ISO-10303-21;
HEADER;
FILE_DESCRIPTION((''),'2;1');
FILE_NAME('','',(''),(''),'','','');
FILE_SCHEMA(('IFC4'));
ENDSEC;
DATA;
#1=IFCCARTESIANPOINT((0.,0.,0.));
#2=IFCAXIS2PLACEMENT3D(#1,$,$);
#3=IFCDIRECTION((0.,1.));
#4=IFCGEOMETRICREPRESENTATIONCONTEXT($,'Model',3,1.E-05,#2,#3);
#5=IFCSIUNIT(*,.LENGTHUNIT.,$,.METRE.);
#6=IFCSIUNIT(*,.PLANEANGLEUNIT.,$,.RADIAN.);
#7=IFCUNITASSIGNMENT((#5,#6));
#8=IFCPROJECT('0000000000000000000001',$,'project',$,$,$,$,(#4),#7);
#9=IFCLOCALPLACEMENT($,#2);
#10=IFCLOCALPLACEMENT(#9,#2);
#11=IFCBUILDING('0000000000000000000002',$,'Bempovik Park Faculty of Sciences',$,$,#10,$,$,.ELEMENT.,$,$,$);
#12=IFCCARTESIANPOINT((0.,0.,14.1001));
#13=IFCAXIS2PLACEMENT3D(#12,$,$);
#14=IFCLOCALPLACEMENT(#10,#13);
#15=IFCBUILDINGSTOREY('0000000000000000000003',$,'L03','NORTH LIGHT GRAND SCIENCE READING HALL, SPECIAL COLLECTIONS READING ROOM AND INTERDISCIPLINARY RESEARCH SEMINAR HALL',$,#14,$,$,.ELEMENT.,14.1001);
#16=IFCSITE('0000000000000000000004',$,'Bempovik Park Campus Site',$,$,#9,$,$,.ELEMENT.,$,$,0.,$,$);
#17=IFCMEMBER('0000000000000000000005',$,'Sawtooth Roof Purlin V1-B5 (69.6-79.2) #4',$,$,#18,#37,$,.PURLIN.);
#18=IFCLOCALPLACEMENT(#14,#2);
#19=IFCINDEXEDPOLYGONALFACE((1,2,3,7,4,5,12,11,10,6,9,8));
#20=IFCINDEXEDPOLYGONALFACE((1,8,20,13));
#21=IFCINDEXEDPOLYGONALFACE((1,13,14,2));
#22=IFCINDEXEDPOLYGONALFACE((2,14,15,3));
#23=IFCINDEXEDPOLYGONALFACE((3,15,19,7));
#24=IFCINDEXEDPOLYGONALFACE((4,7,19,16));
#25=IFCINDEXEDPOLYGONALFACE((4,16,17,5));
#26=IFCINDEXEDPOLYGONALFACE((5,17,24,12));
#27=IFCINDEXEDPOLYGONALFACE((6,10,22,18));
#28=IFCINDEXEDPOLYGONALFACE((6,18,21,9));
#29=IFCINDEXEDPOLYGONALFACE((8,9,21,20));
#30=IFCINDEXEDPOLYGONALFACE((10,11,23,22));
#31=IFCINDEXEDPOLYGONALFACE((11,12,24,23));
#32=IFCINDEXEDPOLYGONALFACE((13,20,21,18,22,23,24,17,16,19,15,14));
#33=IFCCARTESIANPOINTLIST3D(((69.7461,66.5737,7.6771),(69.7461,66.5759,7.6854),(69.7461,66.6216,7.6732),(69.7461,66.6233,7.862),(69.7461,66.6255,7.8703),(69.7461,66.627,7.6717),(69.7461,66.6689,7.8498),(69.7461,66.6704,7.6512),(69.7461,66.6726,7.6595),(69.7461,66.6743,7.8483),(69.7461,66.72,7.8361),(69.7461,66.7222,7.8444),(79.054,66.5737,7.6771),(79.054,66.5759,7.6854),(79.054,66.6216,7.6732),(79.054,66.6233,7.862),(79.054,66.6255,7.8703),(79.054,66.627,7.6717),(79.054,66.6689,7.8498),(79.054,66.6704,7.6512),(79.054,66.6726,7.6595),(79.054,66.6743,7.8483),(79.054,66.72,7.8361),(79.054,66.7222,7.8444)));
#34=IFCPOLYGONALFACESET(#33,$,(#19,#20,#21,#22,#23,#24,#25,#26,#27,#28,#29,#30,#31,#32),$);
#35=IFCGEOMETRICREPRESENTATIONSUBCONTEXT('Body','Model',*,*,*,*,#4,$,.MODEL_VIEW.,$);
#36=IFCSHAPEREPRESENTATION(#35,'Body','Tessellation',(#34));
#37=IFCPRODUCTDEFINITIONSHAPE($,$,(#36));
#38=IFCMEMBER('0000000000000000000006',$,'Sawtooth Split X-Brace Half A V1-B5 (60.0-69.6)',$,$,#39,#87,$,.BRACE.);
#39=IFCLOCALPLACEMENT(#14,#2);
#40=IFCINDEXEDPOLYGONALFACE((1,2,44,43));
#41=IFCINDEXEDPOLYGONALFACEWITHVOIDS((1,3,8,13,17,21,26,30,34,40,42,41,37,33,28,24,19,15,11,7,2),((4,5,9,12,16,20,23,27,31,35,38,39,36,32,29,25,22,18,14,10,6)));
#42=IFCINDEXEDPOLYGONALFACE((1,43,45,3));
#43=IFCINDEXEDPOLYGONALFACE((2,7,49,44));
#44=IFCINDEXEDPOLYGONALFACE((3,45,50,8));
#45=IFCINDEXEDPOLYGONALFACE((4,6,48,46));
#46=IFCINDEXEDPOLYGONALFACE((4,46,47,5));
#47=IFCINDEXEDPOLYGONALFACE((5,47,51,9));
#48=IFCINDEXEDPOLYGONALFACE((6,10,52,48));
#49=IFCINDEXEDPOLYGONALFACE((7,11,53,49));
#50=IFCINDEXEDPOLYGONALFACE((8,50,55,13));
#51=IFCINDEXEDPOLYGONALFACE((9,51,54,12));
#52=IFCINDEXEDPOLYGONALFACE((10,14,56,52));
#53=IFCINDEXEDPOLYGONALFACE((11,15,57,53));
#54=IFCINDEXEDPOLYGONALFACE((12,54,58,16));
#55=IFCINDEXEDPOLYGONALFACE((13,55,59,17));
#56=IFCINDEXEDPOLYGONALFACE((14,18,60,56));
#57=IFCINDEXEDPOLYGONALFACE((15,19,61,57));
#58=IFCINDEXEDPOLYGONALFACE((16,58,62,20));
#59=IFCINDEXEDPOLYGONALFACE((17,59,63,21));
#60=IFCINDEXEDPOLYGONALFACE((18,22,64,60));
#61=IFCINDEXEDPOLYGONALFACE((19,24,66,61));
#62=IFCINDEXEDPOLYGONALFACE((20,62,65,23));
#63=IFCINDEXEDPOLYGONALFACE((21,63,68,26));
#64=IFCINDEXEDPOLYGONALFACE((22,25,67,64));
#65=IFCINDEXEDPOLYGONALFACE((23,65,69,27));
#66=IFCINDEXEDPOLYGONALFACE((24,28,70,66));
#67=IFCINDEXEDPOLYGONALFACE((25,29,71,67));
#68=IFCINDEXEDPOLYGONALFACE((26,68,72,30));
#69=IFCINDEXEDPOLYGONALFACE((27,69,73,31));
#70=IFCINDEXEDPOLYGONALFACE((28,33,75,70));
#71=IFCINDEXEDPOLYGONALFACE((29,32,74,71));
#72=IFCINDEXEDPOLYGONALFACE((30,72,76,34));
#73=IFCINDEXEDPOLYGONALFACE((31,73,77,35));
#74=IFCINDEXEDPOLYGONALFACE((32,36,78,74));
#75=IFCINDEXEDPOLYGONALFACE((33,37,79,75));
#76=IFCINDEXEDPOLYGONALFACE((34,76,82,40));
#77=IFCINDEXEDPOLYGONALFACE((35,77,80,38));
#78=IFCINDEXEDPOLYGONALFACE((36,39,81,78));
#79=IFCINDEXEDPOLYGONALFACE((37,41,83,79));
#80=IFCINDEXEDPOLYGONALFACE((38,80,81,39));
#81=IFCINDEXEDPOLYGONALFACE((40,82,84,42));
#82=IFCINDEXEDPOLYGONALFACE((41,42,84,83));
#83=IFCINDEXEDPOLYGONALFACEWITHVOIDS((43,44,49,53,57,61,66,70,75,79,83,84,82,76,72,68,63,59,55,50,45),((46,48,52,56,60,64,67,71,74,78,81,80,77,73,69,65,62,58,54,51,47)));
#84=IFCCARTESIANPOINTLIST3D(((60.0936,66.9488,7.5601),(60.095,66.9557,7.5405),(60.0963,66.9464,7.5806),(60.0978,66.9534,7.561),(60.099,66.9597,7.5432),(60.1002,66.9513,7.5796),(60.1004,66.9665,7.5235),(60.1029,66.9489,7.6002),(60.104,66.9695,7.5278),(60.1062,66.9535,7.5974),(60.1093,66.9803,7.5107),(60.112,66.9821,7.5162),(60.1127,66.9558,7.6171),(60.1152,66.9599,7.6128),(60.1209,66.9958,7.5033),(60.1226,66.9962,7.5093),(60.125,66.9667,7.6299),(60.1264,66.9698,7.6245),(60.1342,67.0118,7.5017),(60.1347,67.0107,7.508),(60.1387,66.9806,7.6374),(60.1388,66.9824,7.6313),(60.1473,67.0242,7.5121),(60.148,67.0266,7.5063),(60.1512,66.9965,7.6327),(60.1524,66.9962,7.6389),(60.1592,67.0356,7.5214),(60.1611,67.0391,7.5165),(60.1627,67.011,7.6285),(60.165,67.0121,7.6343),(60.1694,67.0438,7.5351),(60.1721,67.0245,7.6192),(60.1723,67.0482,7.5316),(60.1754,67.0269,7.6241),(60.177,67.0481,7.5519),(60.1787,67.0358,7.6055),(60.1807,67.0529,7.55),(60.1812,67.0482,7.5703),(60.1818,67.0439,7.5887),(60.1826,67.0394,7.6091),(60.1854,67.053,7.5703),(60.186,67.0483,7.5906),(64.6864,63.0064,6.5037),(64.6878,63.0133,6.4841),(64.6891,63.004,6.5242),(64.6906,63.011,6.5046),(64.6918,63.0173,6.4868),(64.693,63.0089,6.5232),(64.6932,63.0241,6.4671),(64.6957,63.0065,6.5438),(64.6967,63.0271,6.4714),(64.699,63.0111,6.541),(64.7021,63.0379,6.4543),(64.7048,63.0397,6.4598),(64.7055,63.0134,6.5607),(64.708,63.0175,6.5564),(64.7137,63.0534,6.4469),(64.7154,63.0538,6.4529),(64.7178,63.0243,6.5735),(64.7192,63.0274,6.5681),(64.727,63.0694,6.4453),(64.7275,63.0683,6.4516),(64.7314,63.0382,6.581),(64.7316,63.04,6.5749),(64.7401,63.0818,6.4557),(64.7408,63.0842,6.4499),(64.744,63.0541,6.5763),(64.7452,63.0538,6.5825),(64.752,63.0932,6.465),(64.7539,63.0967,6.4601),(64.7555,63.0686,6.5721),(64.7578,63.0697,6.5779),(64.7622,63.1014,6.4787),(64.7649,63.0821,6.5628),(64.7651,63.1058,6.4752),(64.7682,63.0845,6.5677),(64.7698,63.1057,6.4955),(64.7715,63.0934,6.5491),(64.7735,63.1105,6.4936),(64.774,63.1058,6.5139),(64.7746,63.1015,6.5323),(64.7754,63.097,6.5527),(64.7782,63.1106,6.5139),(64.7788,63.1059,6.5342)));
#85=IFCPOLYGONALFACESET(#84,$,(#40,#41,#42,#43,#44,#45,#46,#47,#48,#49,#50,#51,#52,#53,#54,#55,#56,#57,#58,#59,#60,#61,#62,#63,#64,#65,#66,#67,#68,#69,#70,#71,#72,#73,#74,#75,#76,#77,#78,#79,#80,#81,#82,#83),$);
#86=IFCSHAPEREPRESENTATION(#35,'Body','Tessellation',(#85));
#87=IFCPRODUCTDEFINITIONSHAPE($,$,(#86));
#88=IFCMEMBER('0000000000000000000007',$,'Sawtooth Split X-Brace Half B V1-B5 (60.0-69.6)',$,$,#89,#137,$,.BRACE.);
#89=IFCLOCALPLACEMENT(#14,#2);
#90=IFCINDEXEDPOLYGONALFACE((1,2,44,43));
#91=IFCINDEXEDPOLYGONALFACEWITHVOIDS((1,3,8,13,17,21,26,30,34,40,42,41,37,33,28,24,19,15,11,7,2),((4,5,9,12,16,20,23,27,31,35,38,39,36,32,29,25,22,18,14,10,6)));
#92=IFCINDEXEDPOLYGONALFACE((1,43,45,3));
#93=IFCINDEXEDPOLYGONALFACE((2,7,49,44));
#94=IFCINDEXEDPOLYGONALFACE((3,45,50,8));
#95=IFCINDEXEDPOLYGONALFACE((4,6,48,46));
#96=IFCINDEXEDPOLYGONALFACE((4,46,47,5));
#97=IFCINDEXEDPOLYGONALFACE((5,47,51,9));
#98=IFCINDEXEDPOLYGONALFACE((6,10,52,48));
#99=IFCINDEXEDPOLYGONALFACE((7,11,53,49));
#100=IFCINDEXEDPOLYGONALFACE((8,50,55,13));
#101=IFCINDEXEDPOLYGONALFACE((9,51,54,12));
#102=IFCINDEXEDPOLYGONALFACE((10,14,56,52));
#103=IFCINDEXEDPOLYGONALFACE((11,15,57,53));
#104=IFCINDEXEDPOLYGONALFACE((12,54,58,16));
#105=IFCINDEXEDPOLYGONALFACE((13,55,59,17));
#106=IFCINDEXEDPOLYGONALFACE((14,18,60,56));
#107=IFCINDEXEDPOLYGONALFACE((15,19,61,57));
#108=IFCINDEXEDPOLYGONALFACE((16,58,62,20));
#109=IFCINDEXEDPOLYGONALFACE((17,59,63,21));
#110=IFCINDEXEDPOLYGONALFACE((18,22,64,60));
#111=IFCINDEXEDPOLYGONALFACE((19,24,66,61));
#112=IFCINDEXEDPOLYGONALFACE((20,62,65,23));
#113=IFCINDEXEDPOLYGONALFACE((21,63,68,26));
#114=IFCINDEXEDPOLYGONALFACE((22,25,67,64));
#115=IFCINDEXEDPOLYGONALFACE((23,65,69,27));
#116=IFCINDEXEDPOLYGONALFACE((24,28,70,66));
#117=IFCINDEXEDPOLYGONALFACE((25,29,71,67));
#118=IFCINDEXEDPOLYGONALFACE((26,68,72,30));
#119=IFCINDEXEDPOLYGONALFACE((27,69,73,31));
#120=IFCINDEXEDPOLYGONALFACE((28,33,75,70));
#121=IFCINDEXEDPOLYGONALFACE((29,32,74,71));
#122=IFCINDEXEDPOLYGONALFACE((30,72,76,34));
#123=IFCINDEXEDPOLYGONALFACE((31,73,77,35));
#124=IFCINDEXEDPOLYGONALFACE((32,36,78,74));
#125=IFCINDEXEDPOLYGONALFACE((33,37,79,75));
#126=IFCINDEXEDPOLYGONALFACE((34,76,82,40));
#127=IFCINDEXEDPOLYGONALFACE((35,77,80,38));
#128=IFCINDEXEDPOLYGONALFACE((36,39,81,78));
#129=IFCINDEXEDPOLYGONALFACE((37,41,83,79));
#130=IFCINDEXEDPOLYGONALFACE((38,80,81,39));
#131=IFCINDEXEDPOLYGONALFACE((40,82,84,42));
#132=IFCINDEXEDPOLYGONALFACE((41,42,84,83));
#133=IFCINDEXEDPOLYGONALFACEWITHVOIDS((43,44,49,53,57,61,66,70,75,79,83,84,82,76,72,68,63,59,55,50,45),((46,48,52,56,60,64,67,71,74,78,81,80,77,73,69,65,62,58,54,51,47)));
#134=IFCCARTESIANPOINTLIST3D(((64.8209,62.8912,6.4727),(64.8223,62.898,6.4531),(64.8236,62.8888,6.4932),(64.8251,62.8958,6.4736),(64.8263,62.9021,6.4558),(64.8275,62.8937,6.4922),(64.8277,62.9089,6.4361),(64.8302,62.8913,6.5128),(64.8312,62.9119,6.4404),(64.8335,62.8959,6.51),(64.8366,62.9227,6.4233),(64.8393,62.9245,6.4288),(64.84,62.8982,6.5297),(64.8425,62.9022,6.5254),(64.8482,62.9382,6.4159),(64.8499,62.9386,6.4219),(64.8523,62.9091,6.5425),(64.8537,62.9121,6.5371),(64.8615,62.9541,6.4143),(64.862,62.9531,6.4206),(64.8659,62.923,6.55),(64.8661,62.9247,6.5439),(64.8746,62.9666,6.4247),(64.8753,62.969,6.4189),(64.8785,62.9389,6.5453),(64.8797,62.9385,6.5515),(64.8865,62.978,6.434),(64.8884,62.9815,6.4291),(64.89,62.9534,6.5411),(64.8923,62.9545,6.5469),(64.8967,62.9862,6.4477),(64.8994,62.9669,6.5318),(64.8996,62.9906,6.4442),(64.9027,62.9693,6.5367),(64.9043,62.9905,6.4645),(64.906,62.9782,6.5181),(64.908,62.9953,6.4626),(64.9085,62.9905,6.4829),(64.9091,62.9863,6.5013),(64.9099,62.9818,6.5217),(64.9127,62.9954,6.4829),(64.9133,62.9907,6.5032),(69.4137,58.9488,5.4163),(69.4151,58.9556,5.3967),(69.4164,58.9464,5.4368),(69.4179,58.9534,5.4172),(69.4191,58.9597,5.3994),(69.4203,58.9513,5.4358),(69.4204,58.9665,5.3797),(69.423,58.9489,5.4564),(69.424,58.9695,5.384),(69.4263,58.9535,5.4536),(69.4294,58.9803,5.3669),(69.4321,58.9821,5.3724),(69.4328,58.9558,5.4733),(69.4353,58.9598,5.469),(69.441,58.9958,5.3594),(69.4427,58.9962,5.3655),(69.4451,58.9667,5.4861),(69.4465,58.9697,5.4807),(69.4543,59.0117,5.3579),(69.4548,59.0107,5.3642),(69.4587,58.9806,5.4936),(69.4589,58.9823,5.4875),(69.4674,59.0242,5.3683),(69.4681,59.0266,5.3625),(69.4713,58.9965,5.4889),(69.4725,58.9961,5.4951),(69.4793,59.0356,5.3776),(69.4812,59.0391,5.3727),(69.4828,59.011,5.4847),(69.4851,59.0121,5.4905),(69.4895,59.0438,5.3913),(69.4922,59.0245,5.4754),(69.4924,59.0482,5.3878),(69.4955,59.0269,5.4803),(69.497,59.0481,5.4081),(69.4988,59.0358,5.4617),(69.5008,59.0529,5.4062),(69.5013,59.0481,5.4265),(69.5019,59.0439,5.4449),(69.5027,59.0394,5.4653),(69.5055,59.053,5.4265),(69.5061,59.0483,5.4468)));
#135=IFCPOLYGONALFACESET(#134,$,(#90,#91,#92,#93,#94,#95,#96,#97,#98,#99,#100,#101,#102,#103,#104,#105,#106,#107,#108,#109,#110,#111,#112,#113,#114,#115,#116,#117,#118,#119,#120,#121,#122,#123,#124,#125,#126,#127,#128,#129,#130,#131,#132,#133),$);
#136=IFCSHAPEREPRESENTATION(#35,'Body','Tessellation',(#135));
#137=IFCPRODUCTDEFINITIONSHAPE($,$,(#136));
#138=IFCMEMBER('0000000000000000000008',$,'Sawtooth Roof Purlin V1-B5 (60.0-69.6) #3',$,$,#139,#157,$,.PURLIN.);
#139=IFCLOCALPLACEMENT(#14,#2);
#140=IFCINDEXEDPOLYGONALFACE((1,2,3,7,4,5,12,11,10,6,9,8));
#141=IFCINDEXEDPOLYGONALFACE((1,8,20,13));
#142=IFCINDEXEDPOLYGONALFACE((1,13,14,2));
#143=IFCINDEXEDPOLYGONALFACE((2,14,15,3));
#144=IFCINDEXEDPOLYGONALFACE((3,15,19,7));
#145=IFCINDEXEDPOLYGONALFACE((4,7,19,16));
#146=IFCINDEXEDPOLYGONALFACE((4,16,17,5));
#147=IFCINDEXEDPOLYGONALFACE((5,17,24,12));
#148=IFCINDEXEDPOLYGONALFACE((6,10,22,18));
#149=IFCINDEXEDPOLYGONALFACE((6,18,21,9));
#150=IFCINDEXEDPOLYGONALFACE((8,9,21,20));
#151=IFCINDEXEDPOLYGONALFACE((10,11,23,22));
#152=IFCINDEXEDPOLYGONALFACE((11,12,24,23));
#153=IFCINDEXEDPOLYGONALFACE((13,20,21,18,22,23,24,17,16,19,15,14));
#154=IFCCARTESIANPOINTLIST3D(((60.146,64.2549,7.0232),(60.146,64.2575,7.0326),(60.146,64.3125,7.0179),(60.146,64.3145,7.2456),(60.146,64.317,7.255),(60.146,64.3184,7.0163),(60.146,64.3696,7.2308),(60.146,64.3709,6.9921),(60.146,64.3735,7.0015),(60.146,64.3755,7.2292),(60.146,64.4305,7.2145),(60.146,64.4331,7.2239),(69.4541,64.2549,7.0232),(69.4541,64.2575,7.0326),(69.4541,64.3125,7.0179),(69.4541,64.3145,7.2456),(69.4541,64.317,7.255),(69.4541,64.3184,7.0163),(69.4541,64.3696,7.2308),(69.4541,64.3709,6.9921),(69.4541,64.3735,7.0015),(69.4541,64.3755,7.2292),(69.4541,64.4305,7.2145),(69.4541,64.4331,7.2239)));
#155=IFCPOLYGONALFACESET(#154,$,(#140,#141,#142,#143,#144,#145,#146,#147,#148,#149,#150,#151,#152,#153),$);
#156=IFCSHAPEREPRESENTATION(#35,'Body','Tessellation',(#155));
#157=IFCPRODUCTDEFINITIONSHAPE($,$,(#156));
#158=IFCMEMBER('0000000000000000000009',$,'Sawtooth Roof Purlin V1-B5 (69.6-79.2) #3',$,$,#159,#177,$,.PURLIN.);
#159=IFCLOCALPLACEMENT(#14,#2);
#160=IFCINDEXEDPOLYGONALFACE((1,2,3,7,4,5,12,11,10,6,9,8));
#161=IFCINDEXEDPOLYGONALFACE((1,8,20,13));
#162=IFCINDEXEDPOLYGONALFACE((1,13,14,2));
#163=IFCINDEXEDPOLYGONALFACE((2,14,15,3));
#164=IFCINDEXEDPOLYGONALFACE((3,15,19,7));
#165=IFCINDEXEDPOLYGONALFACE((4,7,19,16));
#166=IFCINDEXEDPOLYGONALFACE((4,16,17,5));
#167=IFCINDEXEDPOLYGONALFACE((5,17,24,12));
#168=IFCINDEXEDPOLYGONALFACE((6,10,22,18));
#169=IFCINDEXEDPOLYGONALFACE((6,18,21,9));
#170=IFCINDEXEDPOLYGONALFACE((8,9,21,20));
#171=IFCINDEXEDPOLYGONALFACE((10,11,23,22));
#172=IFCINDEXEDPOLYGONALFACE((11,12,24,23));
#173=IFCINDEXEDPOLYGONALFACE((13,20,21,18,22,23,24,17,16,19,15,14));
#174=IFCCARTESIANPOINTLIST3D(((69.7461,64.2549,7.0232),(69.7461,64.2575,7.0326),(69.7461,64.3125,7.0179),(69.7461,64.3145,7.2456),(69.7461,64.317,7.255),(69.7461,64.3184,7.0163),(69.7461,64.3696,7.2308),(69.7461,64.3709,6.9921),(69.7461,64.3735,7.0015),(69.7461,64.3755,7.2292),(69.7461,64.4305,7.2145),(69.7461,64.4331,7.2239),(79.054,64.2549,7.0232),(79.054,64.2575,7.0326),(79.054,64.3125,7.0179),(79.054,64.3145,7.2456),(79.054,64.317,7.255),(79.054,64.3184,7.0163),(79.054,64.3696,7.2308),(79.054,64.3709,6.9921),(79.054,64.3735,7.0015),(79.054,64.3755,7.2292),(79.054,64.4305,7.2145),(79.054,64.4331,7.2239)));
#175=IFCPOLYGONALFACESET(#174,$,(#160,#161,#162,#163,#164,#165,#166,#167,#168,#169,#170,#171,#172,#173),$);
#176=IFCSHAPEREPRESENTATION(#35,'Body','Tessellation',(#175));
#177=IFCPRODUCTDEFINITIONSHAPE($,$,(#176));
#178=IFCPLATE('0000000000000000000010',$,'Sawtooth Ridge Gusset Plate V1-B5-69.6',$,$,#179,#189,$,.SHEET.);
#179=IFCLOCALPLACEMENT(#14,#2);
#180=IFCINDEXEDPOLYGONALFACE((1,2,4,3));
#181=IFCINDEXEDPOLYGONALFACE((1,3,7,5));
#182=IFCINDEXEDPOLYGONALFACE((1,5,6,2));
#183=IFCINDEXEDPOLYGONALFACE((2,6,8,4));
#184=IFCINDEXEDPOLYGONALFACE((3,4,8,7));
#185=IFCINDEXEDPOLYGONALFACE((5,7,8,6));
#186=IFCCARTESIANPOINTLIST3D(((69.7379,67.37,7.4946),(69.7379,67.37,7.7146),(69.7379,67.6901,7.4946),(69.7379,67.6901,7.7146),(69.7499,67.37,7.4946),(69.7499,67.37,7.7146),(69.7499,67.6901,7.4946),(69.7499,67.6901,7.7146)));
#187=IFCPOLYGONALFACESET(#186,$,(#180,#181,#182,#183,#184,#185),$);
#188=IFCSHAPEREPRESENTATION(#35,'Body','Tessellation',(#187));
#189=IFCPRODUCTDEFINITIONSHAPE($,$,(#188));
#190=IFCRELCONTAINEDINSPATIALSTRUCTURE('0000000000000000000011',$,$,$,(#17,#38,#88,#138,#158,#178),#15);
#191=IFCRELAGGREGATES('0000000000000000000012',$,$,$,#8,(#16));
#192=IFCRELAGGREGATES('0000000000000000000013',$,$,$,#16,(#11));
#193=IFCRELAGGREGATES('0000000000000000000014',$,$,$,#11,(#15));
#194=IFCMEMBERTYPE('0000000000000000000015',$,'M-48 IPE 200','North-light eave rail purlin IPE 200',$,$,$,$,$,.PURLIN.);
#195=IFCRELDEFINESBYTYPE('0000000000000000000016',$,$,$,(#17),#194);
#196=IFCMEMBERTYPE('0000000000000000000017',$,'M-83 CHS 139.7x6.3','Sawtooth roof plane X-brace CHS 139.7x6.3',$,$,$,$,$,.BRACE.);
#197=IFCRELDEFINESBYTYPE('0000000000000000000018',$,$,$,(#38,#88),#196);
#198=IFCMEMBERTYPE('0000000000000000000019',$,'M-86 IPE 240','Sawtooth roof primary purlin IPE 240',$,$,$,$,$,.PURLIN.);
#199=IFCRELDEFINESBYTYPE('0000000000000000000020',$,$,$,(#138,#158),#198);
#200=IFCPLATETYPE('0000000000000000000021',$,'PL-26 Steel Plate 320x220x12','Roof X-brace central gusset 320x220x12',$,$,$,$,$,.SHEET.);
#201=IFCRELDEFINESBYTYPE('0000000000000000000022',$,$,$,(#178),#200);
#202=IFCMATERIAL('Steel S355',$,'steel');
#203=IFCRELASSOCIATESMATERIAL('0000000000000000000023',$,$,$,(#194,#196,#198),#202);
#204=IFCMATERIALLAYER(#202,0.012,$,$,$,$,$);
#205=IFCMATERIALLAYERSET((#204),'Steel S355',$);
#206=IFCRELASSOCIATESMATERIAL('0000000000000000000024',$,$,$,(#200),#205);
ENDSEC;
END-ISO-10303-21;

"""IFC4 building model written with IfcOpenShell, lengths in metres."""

from ifc_helpers import new_model, si_unit, direction, frame, origin, origin_2d, place, context, subcontext, project, spatial, rectangle, hollow_circle, i_section, extrude, material, layer, layer_set, material_profile, profile_set, type_object, element, save


model = new_model("IFC4")

# Units and contexts
model_context = context("Model", 3, precision=1e-05, world=origin(), true_north=direction((0.0, 1.0)))
body_context = subcontext(model_context, "Body", "Model", "MODEL_VIEW")
ifc_project = project(units=[si_unit("LENGTHUNIT", "METRE"), si_unit("PLANEANGLEUNIT", "RADIAN")], contexts=[model_context])

# Site, building, storey
site_placement = place(None, origin())
site = spatial("IfcSite", under=ifc_project, at=site_placement, Name="Bempovik Park Campus Site", CompositionType="ELEMENT", RefElevation=0.0)
building_placement = place(site_placement, origin())
building = spatial("IfcBuilding", under=site, at=building_placement, Name="Bempovik Park Faculty of Sciences", CompositionType="ELEMENT")
storey_placement = place(building_placement, frame((0.0, 0.0, 14.1001)))
storey = spatial("IfcBuildingStorey", under=building, at=storey_placement, Name="L03", Description="NORTH LIGHT GRAND SCIENCE READING HALL, SPECIAL COLLECTIONS READING ROOM AND INTERDISCIPLINARY RESEARCH SEMINAR HALL", CompositionType="ELEMENT", Elevation=14.1001)

# Members
ifc_material_1 = material(Name="Steel S355", Category="steel")
ifc_material_profile_1 = material_profile(ifc_material_1, i_section(OverallWidth=0.1001, OverallDepth=0.2, WebThickness=0.0056, FlangeThickness=0.0085, at=origin_2d()), Name="IPE 200")
ifc_profile_set_1 = profile_set([ifc_material_profile_1], Name="Steel S355")
member_type_1 = type_object("IfcMemberType", Name="M-48 IPE 200", Description="North-light eave rail purlin IPE 200", PredefinedType="PURLIN", material=ifc_profile_set_1)
member_1_placement = place(storey_placement, frame((69.7461, 66.6479, 7.7607), z_axis=(1.0, 0.0, 0.0), x_axis=(0.0, 0.965926, -0.258819)))
element("IfcMember", 1, at=member_1_placement, inside=storey, type_object=member_type_1, Name="Sawtooth Roof Purlin V1-B5 (69.6-79.2) #4", PredefinedType="PURLIN", context=body_context, shape_type="SweptSolid", body=[
    extrude(i_section(OverallWidth=0.1001, OverallDepth=0.2, WebThickness=0.0056, FlangeThickness=0.0085, at=origin_2d()), origin(), (0.0, 0.0, 1.0), 9.3079),
])
ifc_material_profile_2 = material_profile(ifc_material_1, hollow_circle(Radius=0.0698, WallThickness=0.0063, at=origin_2d()), Name="CHS 139.7x6.3")
ifc_profile_set_2 = profile_set([ifc_material_profile_2], Name="Steel S355")
member_type_2 = type_object("IfcMemberType", Name="M-83 CHS 139.7x6.3", Description="Sawtooth roof plane X-brace CHS 139.7x6.3", PredefinedType="BRACE", material=ifc_profile_set_2)
for number, where, z_axis, x_axis, name in (
    (2, (60.1399, 67.0, 7.5703), (0.74749, -0.641637, -0.171932), (0.651336, 0.758789, 0.0), "Sawtooth Split X-Brace Half A V1-B5 (60.0-69.6)"),
    (3, (64.8672, 62.9424, 6.4829), (0.74749, -0.641637, -0.171932), (0.651336, 0.758789, 0.0), "Sawtooth Split X-Brace Half B V1-B5 (60.0-69.6)"),
):
    element("IfcMember", number, at=place(storey_placement, frame(where, z_axis=z_axis, x_axis=x_axis)), inside=storey, type_object=member_type_2, Name=name, PredefinedType="BRACE", context=body_context, shape_type="SweptSolid", body=[
        extrude(hollow_circle(Radius=0.0698, WallThickness=0.0063, at=origin_2d()), origin(), (0.0, 0.0, 1.0), 6.1443),
    ])
ifc_material_profile_3 = material_profile(ifc_material_1, i_section(OverallWidth=0.1201, OverallDepth=0.24, WebThickness=0.0061, FlangeThickness=0.0098, at=origin_2d()), Name="IPE 240")
ifc_profile_set_3 = profile_set([ifc_material_profile_3], Name="Steel S355")
member_type_3 = type_object("IfcMemberType", Name="M-86 IPE 240", Description="Sawtooth roof primary purlin IPE 240", PredefinedType="PURLIN", material=ifc_profile_set_3)
member_2_placement = place(storey_placement, frame((60.146, 64.344, 7.1235), z_axis=(1.0, 0.0, 0.0), x_axis=(0.0, 0.965926, -0.258819)))
element("IfcMember", 4, at=member_2_placement, inside=storey, type_object=member_type_3, Name="Sawtooth Roof Purlin V1-B5 (60.0-69.6) #3", PredefinedType="PURLIN", context=body_context, shape_type="SweptSolid", body=[
    extrude(i_section(OverallWidth=0.1201, OverallDepth=0.24, WebThickness=0.0061, FlangeThickness=0.0098, at=origin_2d()), origin(), (0.0, 0.0, 1.0), 9.3081),
])
member_3_placement = place(storey_placement, frame((69.7461, 64.344, 7.1235), z_axis=(1.0, 0.0, 0.0), x_axis=(0.0, 0.965926, -0.258819)))
element("IfcMember", 5, at=member_3_placement, inside=storey, type_object=member_type_3, Name="Sawtooth Roof Purlin V1-B5 (69.6-79.2) #3", PredefinedType="PURLIN", context=body_context, shape_type="SweptSolid", body=[
    extrude(i_section(OverallWidth=0.1201, OverallDepth=0.24, WebThickness=0.0061, FlangeThickness=0.0098, at=origin_2d()), origin(), (0.0, 0.0, 1.0), 9.3079),
])

# Plate
ifc_layer_1 = layer(ifc_material_1, 0.012)
ifc_layer_set_1 = layer_set([ifc_layer_1], Name="Steel S355")
plate_type_1 = type_object("IfcPlateType", Name="PL-26 Steel Plate 320x220x12", Description="Roof X-brace central gusset 320x220x12", PredefinedType="SHEET", material=ifc_layer_set_1)
plate_1_placement = place(storey_placement, frame((69.7439, 67.53, 7.4946), z_axis=(0.0, 0.0, 1.0), x_axis=(1.0, 0.0, 0.0)))
element("IfcPlate", 6, at=plate_1_placement, inside=storey, type_object=plate_type_1, Name="Sawtooth Ridge Gusset Plate V1-B5-69.6", PredefinedType="SHEET", context=body_context, shape_type="SweptSolid", body=[
    extrude(rectangle(XDim=0.012, YDim=0.3201, at=origin_2d()), origin(), (0.0, 0.0, 1.0), 0.22),
])

save(model, "model.ifc")
